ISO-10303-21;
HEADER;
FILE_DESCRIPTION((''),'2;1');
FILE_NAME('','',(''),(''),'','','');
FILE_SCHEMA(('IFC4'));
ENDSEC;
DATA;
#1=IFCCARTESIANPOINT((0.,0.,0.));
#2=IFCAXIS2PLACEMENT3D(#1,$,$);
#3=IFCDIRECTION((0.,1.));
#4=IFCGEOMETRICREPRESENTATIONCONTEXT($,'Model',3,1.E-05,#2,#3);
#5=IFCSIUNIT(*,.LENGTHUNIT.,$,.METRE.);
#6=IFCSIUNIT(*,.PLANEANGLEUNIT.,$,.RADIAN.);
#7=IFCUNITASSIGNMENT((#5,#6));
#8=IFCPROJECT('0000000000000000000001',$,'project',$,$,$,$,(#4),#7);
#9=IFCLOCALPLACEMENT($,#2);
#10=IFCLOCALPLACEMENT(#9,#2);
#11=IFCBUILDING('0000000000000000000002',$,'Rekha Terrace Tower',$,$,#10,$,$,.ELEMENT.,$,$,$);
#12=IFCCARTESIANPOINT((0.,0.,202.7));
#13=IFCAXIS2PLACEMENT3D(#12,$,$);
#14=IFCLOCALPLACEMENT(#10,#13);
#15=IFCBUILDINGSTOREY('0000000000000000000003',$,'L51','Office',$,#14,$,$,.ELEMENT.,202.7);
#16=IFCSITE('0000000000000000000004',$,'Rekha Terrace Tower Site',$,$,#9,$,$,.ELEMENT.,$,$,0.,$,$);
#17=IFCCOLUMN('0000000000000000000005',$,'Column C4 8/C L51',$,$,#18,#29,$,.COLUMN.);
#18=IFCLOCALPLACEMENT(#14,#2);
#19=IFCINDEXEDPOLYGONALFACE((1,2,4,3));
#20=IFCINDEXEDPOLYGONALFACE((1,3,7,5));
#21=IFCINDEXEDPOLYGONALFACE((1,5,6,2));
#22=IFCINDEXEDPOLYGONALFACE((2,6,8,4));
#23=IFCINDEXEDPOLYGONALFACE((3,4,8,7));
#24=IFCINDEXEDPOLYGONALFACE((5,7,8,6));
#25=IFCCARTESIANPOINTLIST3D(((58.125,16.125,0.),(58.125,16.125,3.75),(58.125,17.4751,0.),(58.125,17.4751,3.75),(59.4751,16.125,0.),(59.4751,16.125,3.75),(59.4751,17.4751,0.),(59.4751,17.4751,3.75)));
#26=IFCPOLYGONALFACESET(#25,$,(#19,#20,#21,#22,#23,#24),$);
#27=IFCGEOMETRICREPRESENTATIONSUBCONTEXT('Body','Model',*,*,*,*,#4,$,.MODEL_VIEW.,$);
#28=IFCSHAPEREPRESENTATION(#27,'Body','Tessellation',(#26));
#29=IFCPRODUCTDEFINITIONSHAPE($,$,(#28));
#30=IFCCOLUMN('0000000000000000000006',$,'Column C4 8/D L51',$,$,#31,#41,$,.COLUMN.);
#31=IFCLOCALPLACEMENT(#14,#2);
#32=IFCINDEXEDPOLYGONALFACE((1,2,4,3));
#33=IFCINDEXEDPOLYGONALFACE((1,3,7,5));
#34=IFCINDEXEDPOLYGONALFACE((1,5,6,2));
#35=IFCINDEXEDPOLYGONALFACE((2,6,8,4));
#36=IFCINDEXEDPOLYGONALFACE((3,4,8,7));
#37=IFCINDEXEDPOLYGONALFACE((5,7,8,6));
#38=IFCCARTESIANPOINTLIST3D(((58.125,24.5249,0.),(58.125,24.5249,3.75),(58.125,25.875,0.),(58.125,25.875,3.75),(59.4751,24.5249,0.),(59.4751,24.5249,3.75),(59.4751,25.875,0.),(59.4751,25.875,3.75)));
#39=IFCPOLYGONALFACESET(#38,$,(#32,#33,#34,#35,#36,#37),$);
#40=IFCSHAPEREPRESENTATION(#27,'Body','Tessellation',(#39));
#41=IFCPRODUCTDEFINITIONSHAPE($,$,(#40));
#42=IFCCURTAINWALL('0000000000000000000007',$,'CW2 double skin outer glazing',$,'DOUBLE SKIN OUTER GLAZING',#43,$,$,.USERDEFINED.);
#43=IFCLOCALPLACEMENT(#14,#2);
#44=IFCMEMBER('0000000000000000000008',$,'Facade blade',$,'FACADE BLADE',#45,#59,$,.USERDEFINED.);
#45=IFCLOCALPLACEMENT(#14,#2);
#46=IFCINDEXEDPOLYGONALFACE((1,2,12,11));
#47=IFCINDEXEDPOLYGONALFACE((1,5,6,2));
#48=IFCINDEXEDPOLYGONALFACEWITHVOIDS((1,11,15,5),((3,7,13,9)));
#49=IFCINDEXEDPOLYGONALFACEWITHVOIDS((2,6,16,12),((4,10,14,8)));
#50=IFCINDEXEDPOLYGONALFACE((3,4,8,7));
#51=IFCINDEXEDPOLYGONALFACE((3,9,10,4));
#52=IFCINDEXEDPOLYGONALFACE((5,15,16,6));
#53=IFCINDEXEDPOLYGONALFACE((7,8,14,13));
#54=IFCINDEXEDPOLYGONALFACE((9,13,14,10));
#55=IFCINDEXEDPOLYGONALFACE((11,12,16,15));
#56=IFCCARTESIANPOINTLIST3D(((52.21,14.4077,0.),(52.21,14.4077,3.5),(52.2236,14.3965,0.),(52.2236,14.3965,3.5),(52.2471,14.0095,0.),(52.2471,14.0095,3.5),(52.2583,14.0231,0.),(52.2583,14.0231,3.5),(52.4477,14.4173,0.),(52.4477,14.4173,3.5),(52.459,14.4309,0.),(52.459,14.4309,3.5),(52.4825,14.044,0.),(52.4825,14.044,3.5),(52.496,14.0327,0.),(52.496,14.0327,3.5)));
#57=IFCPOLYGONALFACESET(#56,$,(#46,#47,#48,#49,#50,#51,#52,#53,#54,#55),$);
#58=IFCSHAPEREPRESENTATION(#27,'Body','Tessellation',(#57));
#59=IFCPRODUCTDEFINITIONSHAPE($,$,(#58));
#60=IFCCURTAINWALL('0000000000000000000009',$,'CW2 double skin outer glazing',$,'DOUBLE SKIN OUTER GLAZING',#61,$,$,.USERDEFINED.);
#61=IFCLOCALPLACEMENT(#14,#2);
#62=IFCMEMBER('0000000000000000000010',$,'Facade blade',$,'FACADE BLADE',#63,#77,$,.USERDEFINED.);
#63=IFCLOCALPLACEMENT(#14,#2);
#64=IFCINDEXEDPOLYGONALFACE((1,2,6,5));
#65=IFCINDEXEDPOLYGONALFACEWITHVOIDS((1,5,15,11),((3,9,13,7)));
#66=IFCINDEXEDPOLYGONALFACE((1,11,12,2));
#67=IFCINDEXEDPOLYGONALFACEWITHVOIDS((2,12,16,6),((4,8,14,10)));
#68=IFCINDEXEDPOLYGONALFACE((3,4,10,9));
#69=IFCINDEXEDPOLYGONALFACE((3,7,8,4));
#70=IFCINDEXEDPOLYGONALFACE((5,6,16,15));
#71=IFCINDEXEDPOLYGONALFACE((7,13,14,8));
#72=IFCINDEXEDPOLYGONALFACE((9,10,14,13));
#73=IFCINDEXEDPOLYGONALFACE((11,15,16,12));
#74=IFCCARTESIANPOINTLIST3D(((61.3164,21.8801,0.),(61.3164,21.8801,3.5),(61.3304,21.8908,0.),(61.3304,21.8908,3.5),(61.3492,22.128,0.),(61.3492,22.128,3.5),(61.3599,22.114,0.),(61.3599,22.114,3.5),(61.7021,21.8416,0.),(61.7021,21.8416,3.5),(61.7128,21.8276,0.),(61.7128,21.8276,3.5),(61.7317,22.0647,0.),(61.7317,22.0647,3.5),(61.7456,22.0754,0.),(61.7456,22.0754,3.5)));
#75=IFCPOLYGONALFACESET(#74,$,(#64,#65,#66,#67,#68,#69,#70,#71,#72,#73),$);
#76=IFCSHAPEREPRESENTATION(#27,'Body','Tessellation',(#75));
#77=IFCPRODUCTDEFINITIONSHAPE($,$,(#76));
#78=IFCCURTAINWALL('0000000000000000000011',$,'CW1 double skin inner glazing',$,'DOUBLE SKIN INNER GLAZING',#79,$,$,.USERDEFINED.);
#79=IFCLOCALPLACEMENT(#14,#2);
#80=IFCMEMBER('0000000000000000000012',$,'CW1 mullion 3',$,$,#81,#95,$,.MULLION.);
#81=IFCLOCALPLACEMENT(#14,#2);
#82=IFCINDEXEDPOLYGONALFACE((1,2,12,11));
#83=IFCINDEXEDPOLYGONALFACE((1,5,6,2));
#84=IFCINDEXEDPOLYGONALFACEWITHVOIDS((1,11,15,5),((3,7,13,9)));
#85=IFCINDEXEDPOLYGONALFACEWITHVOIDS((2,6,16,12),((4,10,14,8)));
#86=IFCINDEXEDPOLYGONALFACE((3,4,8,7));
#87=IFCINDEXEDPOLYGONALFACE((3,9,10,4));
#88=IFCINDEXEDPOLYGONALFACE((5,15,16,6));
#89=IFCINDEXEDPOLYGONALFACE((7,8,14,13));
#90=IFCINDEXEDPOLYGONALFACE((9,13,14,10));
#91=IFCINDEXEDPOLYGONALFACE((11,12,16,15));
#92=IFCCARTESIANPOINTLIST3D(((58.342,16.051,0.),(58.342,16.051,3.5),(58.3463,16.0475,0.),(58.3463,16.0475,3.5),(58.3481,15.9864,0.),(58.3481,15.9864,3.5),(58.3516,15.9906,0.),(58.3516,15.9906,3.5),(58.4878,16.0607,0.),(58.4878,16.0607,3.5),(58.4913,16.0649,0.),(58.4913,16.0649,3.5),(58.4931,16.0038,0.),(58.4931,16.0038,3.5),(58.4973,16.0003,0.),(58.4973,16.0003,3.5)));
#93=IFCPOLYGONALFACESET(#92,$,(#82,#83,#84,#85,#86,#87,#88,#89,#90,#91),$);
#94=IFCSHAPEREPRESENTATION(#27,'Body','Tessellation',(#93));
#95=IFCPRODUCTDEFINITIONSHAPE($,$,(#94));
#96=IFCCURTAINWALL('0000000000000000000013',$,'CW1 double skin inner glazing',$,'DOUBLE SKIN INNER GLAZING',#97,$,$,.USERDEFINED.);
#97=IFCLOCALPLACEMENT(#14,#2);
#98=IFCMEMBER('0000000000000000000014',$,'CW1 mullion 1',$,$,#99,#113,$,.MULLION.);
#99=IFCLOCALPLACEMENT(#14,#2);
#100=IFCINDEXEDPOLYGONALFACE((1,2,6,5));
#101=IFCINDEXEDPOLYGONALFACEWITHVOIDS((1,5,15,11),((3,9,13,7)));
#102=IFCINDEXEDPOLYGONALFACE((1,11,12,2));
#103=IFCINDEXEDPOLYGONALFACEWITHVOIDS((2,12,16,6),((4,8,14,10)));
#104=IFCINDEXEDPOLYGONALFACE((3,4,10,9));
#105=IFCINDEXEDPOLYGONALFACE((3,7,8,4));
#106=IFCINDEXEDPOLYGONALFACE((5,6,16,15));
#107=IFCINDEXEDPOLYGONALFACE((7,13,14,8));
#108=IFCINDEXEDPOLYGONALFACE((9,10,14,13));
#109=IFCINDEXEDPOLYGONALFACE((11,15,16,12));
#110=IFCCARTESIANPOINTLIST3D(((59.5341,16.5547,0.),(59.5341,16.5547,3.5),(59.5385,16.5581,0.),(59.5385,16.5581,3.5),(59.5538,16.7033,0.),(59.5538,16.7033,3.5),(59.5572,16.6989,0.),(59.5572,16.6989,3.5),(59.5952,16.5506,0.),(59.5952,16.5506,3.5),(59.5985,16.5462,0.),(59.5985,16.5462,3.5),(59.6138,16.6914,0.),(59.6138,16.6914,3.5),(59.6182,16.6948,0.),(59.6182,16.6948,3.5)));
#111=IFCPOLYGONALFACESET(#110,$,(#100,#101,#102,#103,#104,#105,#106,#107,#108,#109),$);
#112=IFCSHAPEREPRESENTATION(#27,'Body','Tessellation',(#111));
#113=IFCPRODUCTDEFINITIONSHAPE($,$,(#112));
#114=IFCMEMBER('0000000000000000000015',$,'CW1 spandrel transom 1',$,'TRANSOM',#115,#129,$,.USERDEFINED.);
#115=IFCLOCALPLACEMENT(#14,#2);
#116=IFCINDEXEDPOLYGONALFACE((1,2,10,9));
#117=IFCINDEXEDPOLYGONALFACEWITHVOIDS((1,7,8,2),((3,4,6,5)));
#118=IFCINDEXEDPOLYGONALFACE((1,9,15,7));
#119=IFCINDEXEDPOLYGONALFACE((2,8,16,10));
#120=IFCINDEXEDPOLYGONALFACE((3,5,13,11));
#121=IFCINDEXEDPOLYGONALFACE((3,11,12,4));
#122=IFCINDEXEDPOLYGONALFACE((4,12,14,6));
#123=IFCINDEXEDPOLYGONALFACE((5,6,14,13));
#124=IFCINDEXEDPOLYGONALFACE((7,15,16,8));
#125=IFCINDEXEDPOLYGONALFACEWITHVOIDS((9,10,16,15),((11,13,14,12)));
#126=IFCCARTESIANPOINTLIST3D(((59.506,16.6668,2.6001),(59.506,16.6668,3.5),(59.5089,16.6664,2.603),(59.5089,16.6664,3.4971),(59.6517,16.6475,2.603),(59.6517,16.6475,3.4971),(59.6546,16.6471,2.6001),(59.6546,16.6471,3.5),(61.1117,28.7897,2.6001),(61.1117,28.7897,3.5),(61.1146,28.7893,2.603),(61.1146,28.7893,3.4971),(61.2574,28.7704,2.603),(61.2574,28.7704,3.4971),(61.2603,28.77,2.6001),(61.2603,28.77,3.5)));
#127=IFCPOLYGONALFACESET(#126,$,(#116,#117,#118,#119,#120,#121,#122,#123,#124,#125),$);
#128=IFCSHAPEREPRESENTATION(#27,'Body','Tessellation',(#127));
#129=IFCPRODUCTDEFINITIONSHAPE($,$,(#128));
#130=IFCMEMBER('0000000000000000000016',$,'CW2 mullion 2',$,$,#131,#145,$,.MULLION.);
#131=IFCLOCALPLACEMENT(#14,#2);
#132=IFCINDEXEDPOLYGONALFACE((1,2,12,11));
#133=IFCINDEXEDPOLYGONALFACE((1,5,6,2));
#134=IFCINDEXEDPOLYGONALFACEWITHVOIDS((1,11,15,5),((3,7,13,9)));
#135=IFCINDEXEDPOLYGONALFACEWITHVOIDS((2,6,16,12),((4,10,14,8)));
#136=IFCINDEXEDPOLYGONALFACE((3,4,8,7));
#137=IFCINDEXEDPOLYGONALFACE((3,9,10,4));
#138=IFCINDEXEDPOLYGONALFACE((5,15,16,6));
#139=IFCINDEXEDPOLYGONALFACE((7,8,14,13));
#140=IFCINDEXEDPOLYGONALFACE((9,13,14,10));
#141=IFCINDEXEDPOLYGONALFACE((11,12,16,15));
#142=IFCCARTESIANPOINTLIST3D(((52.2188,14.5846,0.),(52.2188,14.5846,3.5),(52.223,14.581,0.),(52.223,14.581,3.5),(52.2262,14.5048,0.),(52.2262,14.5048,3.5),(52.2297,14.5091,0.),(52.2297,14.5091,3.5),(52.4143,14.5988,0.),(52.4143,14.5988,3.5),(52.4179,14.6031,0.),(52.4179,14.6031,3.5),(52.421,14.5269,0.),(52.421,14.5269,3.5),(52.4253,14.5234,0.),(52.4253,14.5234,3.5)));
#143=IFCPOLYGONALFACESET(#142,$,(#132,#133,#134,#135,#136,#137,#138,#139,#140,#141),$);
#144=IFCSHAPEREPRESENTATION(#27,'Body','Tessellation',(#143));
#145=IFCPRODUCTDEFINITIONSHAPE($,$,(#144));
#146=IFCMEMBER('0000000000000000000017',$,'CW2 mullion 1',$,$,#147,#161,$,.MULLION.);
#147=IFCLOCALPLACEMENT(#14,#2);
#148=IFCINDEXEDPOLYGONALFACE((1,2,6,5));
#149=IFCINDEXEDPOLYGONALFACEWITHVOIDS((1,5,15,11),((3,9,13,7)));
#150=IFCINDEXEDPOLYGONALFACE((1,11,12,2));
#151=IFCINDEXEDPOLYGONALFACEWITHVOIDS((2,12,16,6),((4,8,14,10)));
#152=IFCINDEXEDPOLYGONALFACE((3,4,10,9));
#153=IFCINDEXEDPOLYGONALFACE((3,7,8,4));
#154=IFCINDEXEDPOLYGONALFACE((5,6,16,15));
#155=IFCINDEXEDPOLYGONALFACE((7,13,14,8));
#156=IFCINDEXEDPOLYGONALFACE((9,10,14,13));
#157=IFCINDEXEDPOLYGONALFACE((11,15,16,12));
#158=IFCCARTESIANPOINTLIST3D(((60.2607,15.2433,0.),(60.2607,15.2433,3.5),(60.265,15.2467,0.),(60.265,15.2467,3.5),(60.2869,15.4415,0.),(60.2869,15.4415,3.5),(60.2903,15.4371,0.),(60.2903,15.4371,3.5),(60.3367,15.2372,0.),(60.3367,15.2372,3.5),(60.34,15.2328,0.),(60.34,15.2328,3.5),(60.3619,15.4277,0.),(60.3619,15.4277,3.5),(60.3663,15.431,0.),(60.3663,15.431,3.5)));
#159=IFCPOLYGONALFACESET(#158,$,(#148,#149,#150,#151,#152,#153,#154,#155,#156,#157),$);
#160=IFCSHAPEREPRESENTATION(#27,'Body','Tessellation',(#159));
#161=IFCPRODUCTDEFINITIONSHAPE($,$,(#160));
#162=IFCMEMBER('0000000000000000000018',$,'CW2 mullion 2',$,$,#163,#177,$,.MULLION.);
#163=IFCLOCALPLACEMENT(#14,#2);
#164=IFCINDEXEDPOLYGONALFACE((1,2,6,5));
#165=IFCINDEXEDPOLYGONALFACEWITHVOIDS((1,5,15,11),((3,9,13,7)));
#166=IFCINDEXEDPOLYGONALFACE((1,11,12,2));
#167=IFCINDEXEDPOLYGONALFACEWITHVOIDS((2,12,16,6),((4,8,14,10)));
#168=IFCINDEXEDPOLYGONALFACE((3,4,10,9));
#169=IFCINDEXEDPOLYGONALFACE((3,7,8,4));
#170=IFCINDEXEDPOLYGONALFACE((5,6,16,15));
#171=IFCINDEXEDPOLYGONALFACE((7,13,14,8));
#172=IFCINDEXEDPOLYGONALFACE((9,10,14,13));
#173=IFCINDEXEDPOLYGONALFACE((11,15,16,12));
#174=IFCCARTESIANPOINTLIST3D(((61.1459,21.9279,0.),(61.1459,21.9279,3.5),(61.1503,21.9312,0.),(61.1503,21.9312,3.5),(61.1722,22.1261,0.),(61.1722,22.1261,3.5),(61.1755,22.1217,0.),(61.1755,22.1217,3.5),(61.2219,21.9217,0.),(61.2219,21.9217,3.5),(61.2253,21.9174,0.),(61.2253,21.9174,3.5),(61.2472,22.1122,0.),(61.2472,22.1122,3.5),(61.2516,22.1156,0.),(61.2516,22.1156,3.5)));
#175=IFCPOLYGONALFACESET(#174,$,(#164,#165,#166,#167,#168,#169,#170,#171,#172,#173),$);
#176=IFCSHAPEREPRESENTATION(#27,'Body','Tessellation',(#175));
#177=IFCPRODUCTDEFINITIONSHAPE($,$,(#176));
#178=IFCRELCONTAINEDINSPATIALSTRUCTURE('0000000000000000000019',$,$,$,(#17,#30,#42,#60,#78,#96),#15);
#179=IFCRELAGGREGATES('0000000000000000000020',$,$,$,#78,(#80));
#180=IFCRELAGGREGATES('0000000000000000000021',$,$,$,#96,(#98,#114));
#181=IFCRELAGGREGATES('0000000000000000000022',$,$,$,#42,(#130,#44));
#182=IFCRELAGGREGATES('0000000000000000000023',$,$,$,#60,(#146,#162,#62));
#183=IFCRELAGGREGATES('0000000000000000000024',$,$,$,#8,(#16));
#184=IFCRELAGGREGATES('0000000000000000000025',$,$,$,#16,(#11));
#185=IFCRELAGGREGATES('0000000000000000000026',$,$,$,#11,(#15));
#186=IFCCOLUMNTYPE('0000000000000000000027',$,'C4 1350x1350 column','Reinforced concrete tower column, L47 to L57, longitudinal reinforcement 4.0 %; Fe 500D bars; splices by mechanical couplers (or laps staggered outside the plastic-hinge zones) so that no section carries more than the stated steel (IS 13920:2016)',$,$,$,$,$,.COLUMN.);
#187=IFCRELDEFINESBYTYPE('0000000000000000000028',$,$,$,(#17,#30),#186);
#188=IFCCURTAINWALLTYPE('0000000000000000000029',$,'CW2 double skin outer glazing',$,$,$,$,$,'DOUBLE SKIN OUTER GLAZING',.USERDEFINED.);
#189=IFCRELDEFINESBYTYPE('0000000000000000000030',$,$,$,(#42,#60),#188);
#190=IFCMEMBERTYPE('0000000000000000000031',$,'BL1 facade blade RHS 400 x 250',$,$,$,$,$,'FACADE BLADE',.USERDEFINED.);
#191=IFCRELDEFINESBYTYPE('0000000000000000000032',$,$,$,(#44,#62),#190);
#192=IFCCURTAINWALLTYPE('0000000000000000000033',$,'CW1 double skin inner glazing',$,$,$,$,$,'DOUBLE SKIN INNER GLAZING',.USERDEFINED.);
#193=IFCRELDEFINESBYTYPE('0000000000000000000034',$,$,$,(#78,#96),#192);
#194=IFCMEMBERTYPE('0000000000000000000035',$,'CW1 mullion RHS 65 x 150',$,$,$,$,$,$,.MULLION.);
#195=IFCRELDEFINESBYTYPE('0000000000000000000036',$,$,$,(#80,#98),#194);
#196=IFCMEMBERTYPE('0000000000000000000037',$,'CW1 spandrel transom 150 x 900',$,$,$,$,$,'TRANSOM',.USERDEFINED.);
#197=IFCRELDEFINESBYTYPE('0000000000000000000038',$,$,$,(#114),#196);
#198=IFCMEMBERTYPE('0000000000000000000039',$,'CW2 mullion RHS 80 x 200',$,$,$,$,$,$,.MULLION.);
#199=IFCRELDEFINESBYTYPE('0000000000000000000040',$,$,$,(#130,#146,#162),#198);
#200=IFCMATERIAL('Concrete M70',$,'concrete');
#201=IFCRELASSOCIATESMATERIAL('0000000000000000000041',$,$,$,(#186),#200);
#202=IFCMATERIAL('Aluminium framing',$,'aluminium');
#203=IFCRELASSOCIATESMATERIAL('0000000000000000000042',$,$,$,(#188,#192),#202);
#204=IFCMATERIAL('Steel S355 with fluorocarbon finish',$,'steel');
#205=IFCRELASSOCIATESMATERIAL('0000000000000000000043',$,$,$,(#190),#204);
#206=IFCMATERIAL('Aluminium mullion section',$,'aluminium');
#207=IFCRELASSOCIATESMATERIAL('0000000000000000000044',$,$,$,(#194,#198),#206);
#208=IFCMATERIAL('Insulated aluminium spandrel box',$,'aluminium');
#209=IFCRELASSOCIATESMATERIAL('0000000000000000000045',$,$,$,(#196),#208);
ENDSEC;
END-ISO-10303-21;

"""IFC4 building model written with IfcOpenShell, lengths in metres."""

from ifc_helpers import new_model, si_unit, direction, frame, origin, origin_2d, place, context, subcontext, project, spatial, rectangle, hollow_rectangle, extrude, material, material_profile, profile_set, type_object, element, aggregate, save


model = new_model("IFC4")

# Units and contexts
model_context = context("Model", 3, precision=1e-05, world=origin(), true_north=direction((0.0, 1.0)))
body_context = subcontext(model_context, "Body", "Model", "MODEL_VIEW")
ifc_project = project(units=[si_unit("LENGTHUNIT", "METRE"), si_unit("PLANEANGLEUNIT", "RADIAN")], contexts=[model_context])

# Site, building, storey
site_placement = place(None, origin())
site = spatial("IfcSite", under=ifc_project, at=site_placement, Name="Rekha Terrace Tower Site", CompositionType="ELEMENT", RefElevation=0.0)
building_placement = place(site_placement, origin())
building = spatial("IfcBuilding", under=site, at=building_placement, Name="Rekha Terrace Tower", CompositionType="ELEMENT")
storey_placement = place(building_placement, frame((0.0, 0.0, 202.7)))
storey = spatial("IfcBuildingStorey", under=building, at=storey_placement, Name="L51", Description="Office", CompositionType="ELEMENT", Elevation=202.7)

# Columns
ifc_material_1 = material(Name="Concrete M70", Category="concrete")
ifc_material_profile_1 = material_profile(ifc_material_1, rectangle(XDim=1.3501, YDim=1.3501, at=origin_2d()), Name="RC 1350x1350")
ifc_profile_set_1 = profile_set([ifc_material_profile_1], Name="Concrete M70")
column_type = type_object("IfcColumnType", Name="C4 1350x1350 column", Description="Reinforced concrete tower column, L47 to L57, longitudinal reinforcement 4.0 %; Fe 500D bars; splices by mechanical couplers (or laps staggered outside the plastic-hinge zones) so that no section carries more than the stated steel (IS 13920:2016)", PredefinedType="COLUMN", material=ifc_profile_set_1)
for number, where, z_axis, x_axis, name in (
    (1, (58.8, 16.8, 0.0), (0.0, 0.0, 1.0), (1.0, 0.0, 0.0), "Column C4 8/C L51"),
    (2, (58.8, 25.2, 0.0), (0.0, 0.0, 1.0), (1.0, 0.0, 0.0), "Column C4 8/D L51"),
):
    element("IfcColumn", number, at=place(storey_placement, frame(where, z_axis=z_axis, x_axis=x_axis)), inside=storey, type_object=column_type, Name=name, PredefinedType="COLUMN", context=body_context, shape_type="SweptSolid", body=[
        extrude(rectangle(XDim=1.3501, YDim=1.3501, at=origin_2d()), origin(), (0.0, 0.0, 1.0), 3.75),
    ])

# Curtain walls, members
ifc_material_2 = material(Name="Aluminium framing", Category="aluminium")
curtain_wall_type_1 = type_object("IfcCurtainWallType", Name="CW2 double skin outer glazing", ElementType="DOUBLE SKIN OUTER GLAZING", PredefinedType="USERDEFINED", material=ifc_material_2)
curtain_wall_1_placement = place(storey_placement, origin())
curtain_wall_1 = element("IfcCurtainWall", 3, at=curtain_wall_1_placement, inside=storey, type_object=curtain_wall_type_1, Name="CW2 double skin outer glazing", ObjectType="DOUBLE SKIN OUTER GLAZING", PredefinedType="USERDEFINED")
ifc_material_3 = material(Name="Steel S355 with fluorocarbon finish", Category="steel")
ifc_material_profile_2 = material_profile(ifc_material_3, hollow_rectangle(XDim=0.25, YDim=0.3999, WallThickness=0.0125, at=origin_2d()), Name="RHS400x250x12.5")
ifc_profile_set_2 = profile_set([ifc_material_profile_2], Name="Steel S355 with fluorocarbon finish")
member_type_1 = type_object("IfcMemberType", Name="BL1 facade blade RHS 400 x 250", ElementType="FACADE BLADE", PredefinedType="USERDEFINED", material=ifc_profile_set_2)
member_1_placement = place(storey_placement, frame((52.353, 14.2202, 0.0), z_axis=(0.0, 0.0, 1.0), x_axis=(0.995693, 0.092709, 0.0)))
member_1 = element("IfcMember", 4, at=member_1_placement, type_object=member_type_1, Name="Facade blade", ObjectType="FACADE BLADE", PredefinedType="USERDEFINED", context=body_context, shape_type="SweptSolid", body=[
    extrude(hollow_rectangle(XDim=0.25, YDim=0.3999, WallThickness=0.0125, at=origin_2d()), origin(), (0.0, 0.0, 1.0), 3.5),
])
curtain_wall_2_placement = place(storey_placement, origin())
curtain_wall_2 = element("IfcCurtainWall", 5, at=curtain_wall_2_placement, inside=storey, type_object=curtain_wall_type_1, Name="CW2 double skin outer glazing", ObjectType="DOUBLE SKIN OUTER GLAZING", PredefinedType="USERDEFINED")
member_2_placement = place(storey_placement, frame((61.531, 21.9778, 0.0), z_axis=(0.0, 0.0, 1.0), x_axis=(0.131303, 0.991342, 0.0)))
member_2 = element("IfcMember", 6, at=member_2_placement, type_object=member_type_1, Name="Facade blade", ObjectType="FACADE BLADE", PredefinedType="USERDEFINED", context=body_context, shape_type="SweptSolid", body=[
    extrude(hollow_rectangle(XDim=0.25, YDim=0.3999, WallThickness=0.0125, at=origin_2d()), origin(), (0.0, 0.0, 1.0), 3.5),
])
curtain_wall_type_2 = type_object("IfcCurtainWallType", Name="CW1 double skin inner glazing", ElementType="DOUBLE SKIN INNER GLAZING", PredefinedType="USERDEFINED", material=ifc_material_2)
curtain_wall_3_placement = place(storey_placement, origin())
curtain_wall_3 = element("IfcCurtainWall", 7, at=curtain_wall_3_placement, inside=storey, type_object=curtain_wall_type_2, Name="CW1 double skin inner glazing", ObjectType="DOUBLE SKIN INNER GLAZING", PredefinedType="USERDEFINED")
ifc_material_4 = material(Name="Aluminium mullion section", Category="aluminium")
ifc_material_profile_3 = material_profile(ifc_material_4, hollow_rectangle(XDim=0.0649, YDim=0.1499, WallThickness=0.0039, at=origin_2d()), Name="AL RHS 65x150")
ifc_profile_set_3 = profile_set([ifc_material_profile_3], Name="Aluminium mullion section")
member_type_2 = type_object("IfcMemberType", Name="CW1 mullion RHS 65 x 150", PredefinedType="MULLION", material=ifc_profile_set_3)
member_3_placement = place(storey_placement, frame((58.4197, 16.0256, 0.0), z_axis=(0.0, 0.0, 1.0), x_axis=(-0.092709, 0.995693, 0.0)))
member_3 = element("IfcMember", 8, at=member_3_placement, type_object=member_type_2, Name="CW1 mullion 3", PredefinedType="MULLION", context=body_context, shape_type="SweptSolid", body=[
    extrude(hollow_rectangle(XDim=0.0649, YDim=0.1499, WallThickness=0.0039, at=origin_2d()), origin(), (0.0, 0.0, 1.0), 3.5),
])

# Curtain wall, members
curtain_wall_4_placement = place(storey_placement, origin())
curtain_wall_4 = element("IfcCurtainWall", 9, at=curtain_wall_4_placement, inside=storey, type_object=curtain_wall_type_2, Name="CW1 double skin inner glazing", ObjectType="DOUBLE SKIN INNER GLAZING", PredefinedType="USERDEFINED")
member_4_placement = place(storey_placement, frame((59.5762, 16.6248, 0.0), z_axis=(0.0, 0.0, 1.0), x_axis=(-0.991342, 0.131304, 0.0)))
member_4 = element("IfcMember", 10, at=member_4_placement, type_object=member_type_2, Name="CW1 mullion 1", PredefinedType="MULLION", context=body_context, shape_type="SweptSolid", body=[
    extrude(hollow_rectangle(XDim=0.0649, YDim=0.1499, WallThickness=0.0039, at=origin_2d()), origin(), (0.0, 0.0, 1.0), 3.5),
])
ifc_material_5 = material(Name="Insulated aluminium spandrel box", Category="aluminium")
ifc_material_profile_4 = material_profile(ifc_material_5, hollow_rectangle(XDim=0.1499, YDim=0.8999, WallThickness=0.0029, at=origin_2d()), Name="AL SPANDREL BOX 150x900")
ifc_profile_set_4 = profile_set([ifc_material_profile_4], Name="Insulated aluminium spandrel box")
member_type_3 = type_object("IfcMemberType", Name="CW1 spandrel transom 150 x 900", ElementType="TRANSOM", PredefinedType="USERDEFINED", material=ifc_profile_set_4)
member_5_placement = place(storey_placement, frame((59.5803, 16.657, 3.05), z_axis=(0.131307, 0.991342, 0.0), x_axis=(-0.991342, 0.131307, 0.0)))
member_5 = element("IfcMember", 11, at=member_5_placement, type_object=member_type_3, Name="CW1 spandrel transom 1", ObjectType="TRANSOM", PredefinedType="USERDEFINED", context=body_context, shape_type="SweptSolid", body=[
    extrude(hollow_rectangle(XDim=0.1499, YDim=0.8999, WallThickness=0.0029, at=origin_2d()), origin(), (0.0, 0.0, 1.0), 12.2288),
])

# Members
ifc_material_profile_5 = material_profile(ifc_material_4, hollow_rectangle(XDim=0.0801, YDim=0.2, WallThickness=0.0039, at=origin_2d()), Name="AL RHS 80x200")
ifc_profile_set_5 = profile_set([ifc_material_profile_5], Name="Aluminium mullion section")
member_type_4 = type_object("IfcMemberType", Name="CW2 mullion RHS 80 x 200", PredefinedType="MULLION", material=ifc_profile_set_5)
member_6_placement = place(storey_placement, frame((52.322, 14.554, 0.0), z_axis=(0.0, 0.0, 1.0), x_axis=(-0.092709, 0.995693, 0.0)))
member_6 = element("IfcMember", 12, at=member_6_placement, type_object=member_type_4, Name="CW2 mullion 2", PredefinedType="MULLION", context=body_context, shape_type="SweptSolid", body=[
    extrude(hollow_rectangle(XDim=0.0801, YDim=0.2, WallThickness=0.0039, at=origin_2d()), origin(), (0.0, 0.0, 1.0), 3.5),
])
member_7_placement = place(storey_placement, frame((60.3135, 15.3372, 0.0), z_axis=(0.0, 0.0, 1.0), x_axis=(-0.991342, 0.131304, 0.0)))
member_7 = element("IfcMember", 13, at=member_7_placement, type_object=member_type_4, Name="CW2 mullion 1", PredefinedType="MULLION", context=body_context, shape_type="SweptSolid", body=[
    extrude(hollow_rectangle(XDim=0.0801, YDim=0.2, WallThickness=0.0039, at=origin_2d()), origin(), (0.0, 0.0, 1.0), 3.5),
])
member_8_placement = place(storey_placement, frame((61.1987, 22.0217, 0.0), z_axis=(0.0, 0.0, 1.0), x_axis=(-0.991342, 0.131304, 0.0)))
member_8 = element("IfcMember", 14, at=member_8_placement, type_object=member_type_4, Name="CW2 mullion 2", PredefinedType="MULLION", context=body_context, shape_type="SweptSolid", body=[
    extrude(hollow_rectangle(XDim=0.0801, YDim=0.2, WallThickness=0.0039, at=origin_2d()), origin(), (0.0, 0.0, 1.0), 3.5),
])

aggregate(curtain_wall_3, [member_3])
aggregate(curtain_wall_4, [member_4, member_5])
aggregate(curtain_wall_1, [member_6, member_1])
aggregate(curtain_wall_2, [member_7, member_8, member_2])

save(model, "model.ifc")
